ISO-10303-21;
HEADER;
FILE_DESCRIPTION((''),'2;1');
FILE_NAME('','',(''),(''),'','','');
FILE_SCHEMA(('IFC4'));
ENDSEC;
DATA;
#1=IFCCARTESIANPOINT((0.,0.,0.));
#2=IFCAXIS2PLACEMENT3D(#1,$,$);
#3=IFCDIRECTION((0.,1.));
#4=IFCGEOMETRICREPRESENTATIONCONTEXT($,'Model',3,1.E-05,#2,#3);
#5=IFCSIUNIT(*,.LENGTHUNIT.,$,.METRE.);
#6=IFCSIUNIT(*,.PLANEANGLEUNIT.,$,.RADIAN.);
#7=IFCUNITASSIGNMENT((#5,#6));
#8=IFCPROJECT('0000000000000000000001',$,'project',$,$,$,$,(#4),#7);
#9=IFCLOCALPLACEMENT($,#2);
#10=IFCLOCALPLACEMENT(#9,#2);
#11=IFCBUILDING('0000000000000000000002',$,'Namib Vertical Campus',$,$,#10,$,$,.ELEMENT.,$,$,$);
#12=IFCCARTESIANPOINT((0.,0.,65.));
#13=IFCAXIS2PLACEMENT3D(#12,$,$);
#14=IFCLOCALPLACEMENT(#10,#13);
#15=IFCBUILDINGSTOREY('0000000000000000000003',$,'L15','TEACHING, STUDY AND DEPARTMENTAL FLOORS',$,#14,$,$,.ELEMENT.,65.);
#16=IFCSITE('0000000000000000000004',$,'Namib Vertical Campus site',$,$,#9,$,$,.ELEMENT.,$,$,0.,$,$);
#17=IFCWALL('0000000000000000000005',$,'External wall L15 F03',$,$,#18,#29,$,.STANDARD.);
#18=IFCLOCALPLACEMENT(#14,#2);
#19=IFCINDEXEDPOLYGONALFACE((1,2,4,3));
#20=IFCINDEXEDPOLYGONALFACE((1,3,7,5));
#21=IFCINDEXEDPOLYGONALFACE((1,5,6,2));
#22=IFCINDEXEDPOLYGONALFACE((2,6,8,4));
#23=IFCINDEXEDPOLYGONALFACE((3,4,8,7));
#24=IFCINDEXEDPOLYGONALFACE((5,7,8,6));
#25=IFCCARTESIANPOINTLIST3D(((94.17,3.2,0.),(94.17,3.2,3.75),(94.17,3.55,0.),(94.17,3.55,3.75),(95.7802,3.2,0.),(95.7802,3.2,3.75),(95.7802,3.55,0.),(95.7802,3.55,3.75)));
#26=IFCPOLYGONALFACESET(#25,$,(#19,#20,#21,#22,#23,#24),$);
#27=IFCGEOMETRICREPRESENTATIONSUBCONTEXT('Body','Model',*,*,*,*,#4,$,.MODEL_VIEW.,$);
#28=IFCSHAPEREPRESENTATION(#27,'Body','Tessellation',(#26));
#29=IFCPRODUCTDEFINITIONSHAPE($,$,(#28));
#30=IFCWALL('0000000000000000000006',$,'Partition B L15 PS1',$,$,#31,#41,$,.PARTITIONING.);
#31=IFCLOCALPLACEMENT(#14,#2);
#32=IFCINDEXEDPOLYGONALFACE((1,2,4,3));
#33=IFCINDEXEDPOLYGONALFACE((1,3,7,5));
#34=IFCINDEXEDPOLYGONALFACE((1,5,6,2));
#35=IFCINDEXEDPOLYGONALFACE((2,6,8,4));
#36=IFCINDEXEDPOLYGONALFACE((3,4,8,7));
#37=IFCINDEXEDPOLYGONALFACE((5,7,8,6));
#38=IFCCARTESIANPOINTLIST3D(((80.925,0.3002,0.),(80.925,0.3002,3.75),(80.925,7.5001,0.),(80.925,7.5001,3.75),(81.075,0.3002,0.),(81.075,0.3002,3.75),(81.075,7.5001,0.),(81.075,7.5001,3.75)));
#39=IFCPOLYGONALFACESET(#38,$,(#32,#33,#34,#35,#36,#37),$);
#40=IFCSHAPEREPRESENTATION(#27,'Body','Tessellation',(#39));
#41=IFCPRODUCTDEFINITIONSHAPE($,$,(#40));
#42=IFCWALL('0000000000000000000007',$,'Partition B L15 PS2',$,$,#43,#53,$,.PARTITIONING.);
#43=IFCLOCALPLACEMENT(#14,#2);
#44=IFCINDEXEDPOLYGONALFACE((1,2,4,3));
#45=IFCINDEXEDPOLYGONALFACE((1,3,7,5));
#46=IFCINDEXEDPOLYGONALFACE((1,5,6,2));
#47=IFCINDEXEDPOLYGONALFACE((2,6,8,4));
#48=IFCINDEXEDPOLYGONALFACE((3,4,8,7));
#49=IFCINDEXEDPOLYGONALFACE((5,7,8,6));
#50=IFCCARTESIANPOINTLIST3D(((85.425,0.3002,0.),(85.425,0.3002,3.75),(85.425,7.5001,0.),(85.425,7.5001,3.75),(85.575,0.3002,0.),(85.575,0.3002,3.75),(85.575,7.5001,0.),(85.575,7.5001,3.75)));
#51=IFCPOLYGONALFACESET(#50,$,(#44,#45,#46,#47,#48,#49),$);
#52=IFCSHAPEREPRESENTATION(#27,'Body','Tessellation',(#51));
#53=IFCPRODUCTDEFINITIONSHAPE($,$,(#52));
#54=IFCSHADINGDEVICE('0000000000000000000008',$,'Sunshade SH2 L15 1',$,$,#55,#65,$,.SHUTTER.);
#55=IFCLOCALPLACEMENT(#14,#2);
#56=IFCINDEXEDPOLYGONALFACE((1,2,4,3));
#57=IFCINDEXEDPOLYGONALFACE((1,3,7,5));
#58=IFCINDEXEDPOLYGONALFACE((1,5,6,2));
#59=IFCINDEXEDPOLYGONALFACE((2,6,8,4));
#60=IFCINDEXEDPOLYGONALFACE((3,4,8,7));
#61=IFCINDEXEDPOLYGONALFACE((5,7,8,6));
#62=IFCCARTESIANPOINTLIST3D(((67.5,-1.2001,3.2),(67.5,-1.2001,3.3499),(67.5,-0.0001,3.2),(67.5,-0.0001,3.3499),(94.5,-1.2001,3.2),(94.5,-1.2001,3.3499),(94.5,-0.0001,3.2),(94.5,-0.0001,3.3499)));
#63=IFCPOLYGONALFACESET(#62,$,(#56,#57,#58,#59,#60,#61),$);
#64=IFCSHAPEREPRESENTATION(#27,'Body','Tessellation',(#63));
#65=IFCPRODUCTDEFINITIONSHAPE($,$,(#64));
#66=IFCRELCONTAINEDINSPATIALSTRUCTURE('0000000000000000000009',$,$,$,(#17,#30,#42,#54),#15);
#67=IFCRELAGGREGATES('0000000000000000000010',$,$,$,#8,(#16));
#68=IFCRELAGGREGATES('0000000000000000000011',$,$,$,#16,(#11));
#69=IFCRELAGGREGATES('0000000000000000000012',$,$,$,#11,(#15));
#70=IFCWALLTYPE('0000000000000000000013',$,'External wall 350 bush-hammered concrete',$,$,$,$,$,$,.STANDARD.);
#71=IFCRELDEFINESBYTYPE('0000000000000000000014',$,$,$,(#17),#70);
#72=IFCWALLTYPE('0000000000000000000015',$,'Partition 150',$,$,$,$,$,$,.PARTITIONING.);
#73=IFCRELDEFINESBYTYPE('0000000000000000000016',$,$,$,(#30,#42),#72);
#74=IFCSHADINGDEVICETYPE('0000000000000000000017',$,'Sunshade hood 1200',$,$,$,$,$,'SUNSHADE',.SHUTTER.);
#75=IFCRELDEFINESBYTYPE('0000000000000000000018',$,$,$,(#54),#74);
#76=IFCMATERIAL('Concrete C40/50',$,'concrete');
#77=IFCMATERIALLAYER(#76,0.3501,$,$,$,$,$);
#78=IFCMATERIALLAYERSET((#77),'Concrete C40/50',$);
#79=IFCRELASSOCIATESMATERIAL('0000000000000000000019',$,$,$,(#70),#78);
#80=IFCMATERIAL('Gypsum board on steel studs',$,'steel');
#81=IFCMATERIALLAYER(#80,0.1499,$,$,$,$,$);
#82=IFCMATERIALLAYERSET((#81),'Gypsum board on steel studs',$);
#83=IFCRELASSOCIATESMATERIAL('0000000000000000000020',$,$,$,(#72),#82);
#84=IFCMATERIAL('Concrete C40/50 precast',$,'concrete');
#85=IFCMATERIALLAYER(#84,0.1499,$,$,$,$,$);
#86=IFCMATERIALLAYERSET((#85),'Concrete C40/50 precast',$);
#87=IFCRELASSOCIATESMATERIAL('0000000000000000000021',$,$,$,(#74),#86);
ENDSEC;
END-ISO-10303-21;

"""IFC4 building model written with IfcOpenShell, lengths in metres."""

from ifc_helpers import new_model, si_unit, direction, frame, frame_2d, origin, origin_2d, place, context, subcontext, project, spatial, rectangle, extrude, material, layer, layer_set, type_object, element, save


model = new_model("IFC4")

# Units and contexts
model_context = context("Model", 3, precision=1e-05, world=origin(), true_north=direction((0.0, 1.0)))
body_context = subcontext(model_context, "Body", "Model", "MODEL_VIEW")
ifc_project = project(units=[si_unit("LENGTHUNIT", "METRE"), si_unit("PLANEANGLEUNIT", "RADIAN")], contexts=[model_context])

# Site, building, storey
site_placement = place(None, origin())
site = spatial("IfcSite", under=ifc_project, at=site_placement, Name="Namib Vertical Campus site", CompositionType="ELEMENT", RefElevation=0.0)
building_placement = place(site_placement, origin())
building = spatial("IfcBuilding", under=site, at=building_placement, Name="Namib Vertical Campus", CompositionType="ELEMENT")
storey_placement = place(building_placement, frame((0.0, 0.0, 65.0)))
storey = spatial("IfcBuildingStorey", under=building, at=storey_placement, Name="L15", Description="TEACHING, STUDY AND DEPARTMENTAL FLOORS", CompositionType="ELEMENT", Elevation=65.0)

# Walls
ifc_material_1 = material(Name="Concrete C40/50", Category="concrete")
ifc_layer_1 = layer(ifc_material_1, 0.3501)
ifc_layer_set_1 = layer_set([ifc_layer_1], Name="Concrete C40/50")
wall_type_1 = type_object("IfcWallType", Name="External wall 350 bush-hammered concrete", PredefinedType="STANDARD", material=ifc_layer_set_1)
wall_1_placement = place(storey_placement, frame((94.1699, 3.375, 0.0), z_axis=(0.0, 0.0, 1.0), x_axis=(1.0, 0.0, 0.0)))
element("IfcWall", 1, at=wall_1_placement, inside=storey, type_object=wall_type_1, Name="External wall L15 F03", PredefinedType="STANDARD", context=body_context, shape_type="SweptSolid", body=[
    extrude(rectangle(XDim=1.6101, YDim=0.3501, at=frame_2d((0.8052, 0.0))), origin(), (0.0, 0.0, 1.0), 3.75),
])
ifc_material_2 = material(Name="Gypsum board on steel studs", Category="steel")
ifc_layer_2 = layer(ifc_material_2, 0.1499)
ifc_layer_set_2 = layer_set([ifc_layer_2], Name="Gypsum board on steel studs")
wall_type_2 = type_object("IfcWallType", Name="Partition 150", PredefinedType="PARTITIONING", material=ifc_layer_set_2)
for number, where, z_axis, x_axis, name in (
    (2, (81.0, 0.3, 0.0), (0.0, 0.0, 1.0), (0.0, 1.0, 0.0), "Partition B L15 PS1"),
    (3, (85.5, 0.3, 0.0), (0.0, 0.0, 1.0), (0.0, 1.0, 0.0), "Partition B L15 PS2"),
):
    element("IfcWall", number, at=place(storey_placement, frame(where, z_axis=z_axis, x_axis=x_axis)), inside=storey, type_object=wall_type_2, Name=name, PredefinedType="PARTITIONING", context=body_context, shape_type="SweptSolid", body=[
        extrude(rectangle(XDim=7.2, YDim=0.1499, at=frame_2d((3.6001, 0.0))), origin(), (0.0, 0.0, 1.0), 3.75),
    ])

# Shading device
ifc_material_3 = material(Name="Concrete C40/50 precast", Category="concrete")
ifc_layer_3 = layer(ifc_material_3, 0.1499)
ifc_layer_set_3 = layer_set([ifc_layer_3], Name="Concrete C40/50 precast")
shading_device_type = type_object("IfcShadingDeviceType", Name="Sunshade hood 1200", ElementType="SUNSHADE", PredefinedType="SHUTTER", material=ifc_layer_set_3)
shading_device_placement = place(storey_placement, frame((81.0, -0.6001, 3.2), z_axis=(0.0, 0.0, 1.0), x_axis=(1.0, 0.0, 0.0)))
element("IfcShadingDevice", 4, at=shading_device_placement, inside=storey, type_object=shading_device_type, Name="Sunshade SH2 L15 1", PredefinedType="SHUTTER", context=body_context, shape_type="SweptSolid", body=[
    extrude(rectangle(XDim=27.0, YDim=1.2, at=origin_2d()), origin(), (0.0, 0.0, 1.0), 0.1499),
])

save(model, "model.ifc")
